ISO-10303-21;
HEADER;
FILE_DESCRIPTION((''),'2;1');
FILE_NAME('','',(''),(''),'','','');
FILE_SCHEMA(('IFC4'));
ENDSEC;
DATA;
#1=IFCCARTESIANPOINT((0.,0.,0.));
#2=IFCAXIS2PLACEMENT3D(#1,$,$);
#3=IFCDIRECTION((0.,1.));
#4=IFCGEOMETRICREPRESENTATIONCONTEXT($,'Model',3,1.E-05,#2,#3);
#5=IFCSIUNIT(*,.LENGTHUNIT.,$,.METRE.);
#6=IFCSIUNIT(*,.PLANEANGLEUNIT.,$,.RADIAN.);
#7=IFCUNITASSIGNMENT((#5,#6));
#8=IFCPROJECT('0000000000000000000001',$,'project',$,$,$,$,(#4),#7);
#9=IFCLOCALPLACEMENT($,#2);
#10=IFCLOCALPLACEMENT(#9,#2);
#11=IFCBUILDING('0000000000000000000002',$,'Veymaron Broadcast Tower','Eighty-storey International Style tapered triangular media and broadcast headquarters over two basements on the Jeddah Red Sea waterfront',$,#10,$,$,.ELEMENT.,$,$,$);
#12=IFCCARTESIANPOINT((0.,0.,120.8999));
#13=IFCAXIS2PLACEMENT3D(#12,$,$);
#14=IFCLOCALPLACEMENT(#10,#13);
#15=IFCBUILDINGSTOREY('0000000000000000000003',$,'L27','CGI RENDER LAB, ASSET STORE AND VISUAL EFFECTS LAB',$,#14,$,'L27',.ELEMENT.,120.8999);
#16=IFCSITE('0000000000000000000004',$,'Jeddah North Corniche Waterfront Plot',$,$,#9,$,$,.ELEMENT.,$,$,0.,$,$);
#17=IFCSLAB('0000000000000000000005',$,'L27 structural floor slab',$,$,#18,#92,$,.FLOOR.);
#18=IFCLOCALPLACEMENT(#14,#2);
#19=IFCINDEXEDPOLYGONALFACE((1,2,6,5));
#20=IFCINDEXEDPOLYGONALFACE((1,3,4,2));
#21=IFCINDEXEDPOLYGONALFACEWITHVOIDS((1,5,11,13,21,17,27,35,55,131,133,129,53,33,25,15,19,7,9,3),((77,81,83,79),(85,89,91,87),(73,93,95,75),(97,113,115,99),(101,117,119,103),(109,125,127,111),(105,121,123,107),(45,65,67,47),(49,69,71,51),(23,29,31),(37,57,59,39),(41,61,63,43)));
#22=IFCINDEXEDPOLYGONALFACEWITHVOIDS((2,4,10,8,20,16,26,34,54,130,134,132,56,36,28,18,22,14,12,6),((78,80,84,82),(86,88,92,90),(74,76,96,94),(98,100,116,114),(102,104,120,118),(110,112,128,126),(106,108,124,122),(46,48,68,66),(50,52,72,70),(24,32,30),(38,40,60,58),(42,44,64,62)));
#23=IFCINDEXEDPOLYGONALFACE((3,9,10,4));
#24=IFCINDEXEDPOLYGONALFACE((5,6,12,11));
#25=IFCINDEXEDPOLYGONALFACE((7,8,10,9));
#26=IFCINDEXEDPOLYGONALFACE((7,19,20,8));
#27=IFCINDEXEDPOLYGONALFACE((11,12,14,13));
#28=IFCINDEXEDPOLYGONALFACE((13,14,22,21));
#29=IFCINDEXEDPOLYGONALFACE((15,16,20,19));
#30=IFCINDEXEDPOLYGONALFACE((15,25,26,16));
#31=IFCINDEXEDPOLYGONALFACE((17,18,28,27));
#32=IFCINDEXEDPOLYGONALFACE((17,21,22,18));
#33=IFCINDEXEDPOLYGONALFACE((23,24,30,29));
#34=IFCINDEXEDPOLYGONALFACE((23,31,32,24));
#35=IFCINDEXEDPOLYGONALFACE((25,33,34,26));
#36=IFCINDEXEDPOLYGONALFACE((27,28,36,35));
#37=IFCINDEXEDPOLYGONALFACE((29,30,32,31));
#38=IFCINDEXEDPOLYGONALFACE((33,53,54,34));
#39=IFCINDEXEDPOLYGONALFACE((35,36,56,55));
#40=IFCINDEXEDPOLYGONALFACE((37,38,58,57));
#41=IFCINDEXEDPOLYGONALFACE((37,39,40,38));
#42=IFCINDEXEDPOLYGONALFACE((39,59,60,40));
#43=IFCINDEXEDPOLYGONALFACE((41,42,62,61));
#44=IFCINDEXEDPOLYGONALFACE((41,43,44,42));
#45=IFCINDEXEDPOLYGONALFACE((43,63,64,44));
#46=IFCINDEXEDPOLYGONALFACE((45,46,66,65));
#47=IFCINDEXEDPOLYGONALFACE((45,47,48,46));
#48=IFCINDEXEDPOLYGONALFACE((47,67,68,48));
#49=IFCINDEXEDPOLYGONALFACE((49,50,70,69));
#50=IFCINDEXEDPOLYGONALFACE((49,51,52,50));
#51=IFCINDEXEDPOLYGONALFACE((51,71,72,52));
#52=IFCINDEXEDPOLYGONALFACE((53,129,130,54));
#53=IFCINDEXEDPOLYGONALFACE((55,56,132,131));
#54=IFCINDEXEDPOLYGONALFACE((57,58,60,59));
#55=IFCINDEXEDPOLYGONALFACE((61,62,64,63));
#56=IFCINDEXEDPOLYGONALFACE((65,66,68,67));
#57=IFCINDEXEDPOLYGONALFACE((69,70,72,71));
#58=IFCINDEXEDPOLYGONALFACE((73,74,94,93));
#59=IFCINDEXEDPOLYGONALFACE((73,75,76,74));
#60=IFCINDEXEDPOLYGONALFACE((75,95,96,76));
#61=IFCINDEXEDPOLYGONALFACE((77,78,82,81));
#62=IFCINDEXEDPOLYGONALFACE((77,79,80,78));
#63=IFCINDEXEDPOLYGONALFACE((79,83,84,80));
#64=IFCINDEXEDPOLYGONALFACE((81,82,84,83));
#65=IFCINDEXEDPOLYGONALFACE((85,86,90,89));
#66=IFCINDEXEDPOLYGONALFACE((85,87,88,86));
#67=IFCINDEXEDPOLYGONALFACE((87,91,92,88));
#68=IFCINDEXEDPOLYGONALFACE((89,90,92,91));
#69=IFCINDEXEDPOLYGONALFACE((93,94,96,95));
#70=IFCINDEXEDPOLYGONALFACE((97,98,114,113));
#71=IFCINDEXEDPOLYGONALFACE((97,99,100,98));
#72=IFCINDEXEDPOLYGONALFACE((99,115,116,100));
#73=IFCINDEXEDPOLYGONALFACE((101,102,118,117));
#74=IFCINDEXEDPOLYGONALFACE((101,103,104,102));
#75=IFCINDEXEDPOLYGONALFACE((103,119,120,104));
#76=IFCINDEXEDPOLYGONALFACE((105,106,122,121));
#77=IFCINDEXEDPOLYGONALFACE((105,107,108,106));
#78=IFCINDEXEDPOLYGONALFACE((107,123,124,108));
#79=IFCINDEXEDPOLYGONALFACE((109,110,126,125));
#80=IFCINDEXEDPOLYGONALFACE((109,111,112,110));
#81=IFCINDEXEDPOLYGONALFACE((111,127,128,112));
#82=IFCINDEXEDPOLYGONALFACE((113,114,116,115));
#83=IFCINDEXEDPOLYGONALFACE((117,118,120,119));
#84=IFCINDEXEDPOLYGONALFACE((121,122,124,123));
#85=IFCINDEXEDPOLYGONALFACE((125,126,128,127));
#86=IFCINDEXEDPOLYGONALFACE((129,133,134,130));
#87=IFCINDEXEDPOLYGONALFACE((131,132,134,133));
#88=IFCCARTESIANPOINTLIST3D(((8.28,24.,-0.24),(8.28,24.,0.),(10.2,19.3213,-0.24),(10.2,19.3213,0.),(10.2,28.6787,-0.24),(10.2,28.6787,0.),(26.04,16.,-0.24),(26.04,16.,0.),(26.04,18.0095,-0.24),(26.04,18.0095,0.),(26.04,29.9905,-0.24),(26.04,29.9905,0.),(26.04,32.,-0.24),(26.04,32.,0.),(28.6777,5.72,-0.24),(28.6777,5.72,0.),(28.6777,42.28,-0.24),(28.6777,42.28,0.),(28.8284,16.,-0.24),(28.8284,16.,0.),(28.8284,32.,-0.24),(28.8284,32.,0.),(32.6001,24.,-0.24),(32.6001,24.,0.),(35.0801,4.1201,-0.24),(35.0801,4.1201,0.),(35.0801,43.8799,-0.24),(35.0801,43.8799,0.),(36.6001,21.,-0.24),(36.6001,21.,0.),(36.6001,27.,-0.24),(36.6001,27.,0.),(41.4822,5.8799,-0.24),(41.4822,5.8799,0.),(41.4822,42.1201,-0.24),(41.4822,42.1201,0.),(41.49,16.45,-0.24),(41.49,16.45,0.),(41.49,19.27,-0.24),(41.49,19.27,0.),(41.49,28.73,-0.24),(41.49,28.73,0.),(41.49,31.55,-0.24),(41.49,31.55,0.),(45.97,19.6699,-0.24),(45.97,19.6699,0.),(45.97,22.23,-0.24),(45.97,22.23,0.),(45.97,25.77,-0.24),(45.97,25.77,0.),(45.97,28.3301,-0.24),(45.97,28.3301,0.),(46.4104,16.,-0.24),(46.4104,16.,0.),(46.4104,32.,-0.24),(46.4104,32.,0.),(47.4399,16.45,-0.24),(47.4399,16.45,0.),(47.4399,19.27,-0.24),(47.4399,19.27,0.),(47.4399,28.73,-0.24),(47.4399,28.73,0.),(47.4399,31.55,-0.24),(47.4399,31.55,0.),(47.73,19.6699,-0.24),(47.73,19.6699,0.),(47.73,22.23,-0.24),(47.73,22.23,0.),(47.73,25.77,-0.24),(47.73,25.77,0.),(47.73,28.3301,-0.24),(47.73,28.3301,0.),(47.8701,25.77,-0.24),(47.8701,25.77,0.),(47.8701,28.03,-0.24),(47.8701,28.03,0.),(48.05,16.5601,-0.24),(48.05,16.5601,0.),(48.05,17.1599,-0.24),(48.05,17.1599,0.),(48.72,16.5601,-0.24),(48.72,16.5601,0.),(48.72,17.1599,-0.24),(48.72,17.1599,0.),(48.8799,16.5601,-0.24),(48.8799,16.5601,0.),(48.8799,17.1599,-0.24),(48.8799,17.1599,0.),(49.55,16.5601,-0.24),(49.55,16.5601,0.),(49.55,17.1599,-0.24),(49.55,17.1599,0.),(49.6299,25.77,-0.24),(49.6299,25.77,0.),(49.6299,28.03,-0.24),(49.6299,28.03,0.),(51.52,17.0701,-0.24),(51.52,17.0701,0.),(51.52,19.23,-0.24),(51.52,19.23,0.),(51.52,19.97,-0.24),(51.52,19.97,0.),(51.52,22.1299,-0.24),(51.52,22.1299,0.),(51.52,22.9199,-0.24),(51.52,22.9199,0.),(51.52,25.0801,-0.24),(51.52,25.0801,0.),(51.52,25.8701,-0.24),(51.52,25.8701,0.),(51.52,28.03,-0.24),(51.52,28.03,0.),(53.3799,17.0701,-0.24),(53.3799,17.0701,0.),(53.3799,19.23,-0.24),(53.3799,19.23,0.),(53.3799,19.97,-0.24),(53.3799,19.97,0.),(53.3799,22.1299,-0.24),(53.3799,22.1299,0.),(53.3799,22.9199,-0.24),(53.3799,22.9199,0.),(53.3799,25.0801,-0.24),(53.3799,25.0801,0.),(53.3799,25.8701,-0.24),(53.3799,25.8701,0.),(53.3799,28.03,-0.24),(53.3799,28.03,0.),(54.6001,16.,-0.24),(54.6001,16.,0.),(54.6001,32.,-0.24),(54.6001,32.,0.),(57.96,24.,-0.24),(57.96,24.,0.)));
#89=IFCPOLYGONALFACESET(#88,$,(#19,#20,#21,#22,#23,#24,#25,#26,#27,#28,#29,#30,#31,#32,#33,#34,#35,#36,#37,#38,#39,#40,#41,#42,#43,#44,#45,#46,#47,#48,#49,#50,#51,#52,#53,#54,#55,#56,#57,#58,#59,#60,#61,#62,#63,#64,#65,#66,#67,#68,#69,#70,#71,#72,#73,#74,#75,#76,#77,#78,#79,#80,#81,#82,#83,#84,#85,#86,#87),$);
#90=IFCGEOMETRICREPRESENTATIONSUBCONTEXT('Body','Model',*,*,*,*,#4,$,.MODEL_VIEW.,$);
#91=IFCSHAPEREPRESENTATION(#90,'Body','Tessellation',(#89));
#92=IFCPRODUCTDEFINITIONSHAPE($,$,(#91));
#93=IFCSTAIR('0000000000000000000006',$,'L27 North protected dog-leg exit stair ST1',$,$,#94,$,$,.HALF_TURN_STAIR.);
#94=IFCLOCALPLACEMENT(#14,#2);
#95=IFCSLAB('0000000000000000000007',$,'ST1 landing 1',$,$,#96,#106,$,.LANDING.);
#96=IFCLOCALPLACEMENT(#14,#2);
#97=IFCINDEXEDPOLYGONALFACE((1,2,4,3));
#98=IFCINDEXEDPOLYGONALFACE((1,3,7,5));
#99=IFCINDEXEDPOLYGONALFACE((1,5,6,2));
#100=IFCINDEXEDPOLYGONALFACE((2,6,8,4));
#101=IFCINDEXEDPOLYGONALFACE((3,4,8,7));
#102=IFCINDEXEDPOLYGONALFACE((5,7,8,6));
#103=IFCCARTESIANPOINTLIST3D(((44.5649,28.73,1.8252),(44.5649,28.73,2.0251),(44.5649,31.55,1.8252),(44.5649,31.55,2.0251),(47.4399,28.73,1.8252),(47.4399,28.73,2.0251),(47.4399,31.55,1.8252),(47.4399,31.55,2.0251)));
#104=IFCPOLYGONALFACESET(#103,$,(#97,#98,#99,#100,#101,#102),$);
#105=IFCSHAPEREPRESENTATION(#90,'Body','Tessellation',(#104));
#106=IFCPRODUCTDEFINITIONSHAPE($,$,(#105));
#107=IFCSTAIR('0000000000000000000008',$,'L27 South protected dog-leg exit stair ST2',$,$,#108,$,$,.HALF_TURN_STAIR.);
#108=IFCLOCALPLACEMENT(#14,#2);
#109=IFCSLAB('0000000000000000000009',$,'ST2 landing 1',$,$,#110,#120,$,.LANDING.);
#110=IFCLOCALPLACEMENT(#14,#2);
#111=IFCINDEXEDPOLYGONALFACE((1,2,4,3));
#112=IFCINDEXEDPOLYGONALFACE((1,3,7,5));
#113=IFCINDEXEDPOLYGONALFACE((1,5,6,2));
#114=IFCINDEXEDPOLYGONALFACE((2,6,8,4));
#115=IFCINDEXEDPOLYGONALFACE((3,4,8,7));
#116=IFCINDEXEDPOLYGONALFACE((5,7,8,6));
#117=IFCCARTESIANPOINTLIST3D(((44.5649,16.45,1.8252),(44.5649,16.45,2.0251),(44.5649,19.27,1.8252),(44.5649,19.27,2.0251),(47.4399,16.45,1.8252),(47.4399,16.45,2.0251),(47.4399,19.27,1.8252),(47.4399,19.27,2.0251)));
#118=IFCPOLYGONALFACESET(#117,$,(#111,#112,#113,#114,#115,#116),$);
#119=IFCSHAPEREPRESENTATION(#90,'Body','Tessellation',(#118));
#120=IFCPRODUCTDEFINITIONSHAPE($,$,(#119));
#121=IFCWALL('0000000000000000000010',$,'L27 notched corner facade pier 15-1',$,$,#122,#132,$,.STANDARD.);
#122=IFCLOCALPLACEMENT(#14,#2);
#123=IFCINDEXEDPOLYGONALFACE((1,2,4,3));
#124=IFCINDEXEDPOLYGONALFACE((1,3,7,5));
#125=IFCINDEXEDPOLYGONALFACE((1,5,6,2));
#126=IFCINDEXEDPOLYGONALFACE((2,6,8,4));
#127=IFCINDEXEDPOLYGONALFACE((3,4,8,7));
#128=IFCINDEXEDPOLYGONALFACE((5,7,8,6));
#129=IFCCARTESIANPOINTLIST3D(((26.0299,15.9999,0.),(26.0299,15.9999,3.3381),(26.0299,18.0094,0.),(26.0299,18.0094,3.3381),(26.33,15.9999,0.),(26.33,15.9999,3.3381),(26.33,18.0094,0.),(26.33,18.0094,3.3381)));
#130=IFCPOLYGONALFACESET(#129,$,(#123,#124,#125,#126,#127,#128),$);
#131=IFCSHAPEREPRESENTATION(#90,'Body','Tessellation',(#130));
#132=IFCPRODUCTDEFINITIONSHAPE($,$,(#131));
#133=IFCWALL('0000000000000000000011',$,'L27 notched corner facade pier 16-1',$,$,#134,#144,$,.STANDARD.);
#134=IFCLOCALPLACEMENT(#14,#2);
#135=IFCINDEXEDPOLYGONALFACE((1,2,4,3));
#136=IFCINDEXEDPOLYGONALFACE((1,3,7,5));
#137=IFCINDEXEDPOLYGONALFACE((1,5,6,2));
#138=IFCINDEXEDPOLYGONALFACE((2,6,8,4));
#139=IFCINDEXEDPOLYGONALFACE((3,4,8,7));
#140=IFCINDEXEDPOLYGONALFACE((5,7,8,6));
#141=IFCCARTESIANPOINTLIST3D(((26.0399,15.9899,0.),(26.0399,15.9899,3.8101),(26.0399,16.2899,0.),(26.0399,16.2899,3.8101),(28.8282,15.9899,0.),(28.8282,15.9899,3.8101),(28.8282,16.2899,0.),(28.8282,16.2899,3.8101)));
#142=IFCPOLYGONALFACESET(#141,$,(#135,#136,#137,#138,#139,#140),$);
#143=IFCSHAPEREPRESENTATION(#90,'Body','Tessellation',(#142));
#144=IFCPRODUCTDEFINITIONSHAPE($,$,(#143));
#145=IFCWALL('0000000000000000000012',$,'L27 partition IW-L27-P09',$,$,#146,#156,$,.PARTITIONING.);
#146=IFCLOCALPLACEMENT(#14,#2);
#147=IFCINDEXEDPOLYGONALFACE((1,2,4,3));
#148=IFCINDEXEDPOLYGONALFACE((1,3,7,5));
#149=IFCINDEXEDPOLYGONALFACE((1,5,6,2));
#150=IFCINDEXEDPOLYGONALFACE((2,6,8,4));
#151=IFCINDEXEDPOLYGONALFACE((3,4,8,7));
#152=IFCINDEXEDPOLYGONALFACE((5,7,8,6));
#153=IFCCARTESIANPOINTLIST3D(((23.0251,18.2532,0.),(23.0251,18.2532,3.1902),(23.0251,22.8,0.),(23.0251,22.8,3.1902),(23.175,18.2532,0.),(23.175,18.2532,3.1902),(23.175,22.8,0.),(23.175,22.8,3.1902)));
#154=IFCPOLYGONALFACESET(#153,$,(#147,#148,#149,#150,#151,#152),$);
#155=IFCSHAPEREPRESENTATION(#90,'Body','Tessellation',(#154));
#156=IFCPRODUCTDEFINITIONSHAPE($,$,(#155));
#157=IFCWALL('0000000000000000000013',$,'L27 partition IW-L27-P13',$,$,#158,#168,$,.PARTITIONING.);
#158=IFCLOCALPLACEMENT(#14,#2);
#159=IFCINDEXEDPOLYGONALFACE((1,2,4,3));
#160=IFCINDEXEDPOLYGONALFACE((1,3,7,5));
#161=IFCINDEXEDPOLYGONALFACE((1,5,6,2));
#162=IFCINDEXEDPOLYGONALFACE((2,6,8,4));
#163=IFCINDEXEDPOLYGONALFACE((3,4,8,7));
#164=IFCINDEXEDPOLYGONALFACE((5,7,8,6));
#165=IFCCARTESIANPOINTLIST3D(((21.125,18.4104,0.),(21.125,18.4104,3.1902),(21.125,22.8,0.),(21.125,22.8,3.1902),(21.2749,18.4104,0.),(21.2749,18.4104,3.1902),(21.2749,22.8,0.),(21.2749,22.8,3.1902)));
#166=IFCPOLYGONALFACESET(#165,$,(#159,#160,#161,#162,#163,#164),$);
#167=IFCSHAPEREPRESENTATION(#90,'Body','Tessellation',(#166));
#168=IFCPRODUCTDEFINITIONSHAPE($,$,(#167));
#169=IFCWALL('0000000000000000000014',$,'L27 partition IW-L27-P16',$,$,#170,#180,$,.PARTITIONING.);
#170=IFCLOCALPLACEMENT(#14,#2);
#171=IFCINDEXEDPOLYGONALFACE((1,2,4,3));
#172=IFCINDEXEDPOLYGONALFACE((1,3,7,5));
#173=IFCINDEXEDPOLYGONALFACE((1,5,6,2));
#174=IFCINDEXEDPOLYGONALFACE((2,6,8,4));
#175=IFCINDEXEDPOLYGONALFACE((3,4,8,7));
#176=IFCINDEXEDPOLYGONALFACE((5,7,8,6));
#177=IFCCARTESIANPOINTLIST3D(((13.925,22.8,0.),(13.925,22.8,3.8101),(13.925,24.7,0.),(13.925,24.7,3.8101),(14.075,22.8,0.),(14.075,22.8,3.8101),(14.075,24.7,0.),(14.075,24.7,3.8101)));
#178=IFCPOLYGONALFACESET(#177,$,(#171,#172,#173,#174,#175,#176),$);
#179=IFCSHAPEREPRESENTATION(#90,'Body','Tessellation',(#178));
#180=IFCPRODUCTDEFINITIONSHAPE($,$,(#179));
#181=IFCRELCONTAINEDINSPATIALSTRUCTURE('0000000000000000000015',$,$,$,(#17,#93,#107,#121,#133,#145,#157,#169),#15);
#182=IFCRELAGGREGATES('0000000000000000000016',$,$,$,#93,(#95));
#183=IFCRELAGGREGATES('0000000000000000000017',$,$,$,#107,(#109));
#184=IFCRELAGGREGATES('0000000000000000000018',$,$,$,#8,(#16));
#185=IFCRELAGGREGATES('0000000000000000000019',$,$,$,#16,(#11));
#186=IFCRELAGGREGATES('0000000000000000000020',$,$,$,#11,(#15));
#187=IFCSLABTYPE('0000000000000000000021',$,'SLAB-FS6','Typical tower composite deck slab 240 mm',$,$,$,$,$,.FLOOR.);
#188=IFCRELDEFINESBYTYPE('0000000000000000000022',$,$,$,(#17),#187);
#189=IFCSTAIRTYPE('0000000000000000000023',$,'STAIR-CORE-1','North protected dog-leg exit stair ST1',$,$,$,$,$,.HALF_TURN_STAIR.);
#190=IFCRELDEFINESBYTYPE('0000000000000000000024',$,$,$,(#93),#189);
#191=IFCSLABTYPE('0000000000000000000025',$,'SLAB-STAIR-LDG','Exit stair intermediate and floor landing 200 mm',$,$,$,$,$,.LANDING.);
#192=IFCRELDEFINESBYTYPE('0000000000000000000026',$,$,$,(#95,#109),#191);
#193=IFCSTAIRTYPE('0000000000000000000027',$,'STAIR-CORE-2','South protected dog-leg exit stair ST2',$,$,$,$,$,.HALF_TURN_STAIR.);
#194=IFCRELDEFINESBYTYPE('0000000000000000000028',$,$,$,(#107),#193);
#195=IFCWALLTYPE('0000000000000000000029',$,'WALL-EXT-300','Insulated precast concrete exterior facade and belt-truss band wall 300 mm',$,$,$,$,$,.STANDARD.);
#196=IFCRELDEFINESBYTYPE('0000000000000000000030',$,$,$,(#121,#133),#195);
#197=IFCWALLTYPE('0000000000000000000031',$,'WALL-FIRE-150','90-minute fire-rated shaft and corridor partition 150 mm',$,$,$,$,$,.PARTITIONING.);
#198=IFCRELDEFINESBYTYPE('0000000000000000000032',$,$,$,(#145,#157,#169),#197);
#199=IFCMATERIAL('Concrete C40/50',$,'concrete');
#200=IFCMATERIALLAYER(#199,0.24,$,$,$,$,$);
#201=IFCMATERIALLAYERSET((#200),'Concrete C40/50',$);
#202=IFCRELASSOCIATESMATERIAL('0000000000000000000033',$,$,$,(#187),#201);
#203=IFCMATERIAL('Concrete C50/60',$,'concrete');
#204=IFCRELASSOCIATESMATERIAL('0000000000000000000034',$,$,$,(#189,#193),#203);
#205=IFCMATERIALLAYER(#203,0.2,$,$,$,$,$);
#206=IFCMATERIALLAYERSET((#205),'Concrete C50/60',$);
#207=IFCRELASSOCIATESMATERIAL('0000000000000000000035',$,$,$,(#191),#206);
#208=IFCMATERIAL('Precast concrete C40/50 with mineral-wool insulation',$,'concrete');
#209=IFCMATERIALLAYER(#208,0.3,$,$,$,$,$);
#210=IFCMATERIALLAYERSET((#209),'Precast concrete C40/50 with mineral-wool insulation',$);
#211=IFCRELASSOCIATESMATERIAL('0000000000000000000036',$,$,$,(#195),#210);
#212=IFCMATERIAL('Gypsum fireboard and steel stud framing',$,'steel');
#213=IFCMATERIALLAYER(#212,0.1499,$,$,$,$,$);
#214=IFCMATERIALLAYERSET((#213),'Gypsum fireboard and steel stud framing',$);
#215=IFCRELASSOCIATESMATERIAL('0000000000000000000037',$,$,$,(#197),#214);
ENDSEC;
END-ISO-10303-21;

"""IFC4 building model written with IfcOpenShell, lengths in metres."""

from ifc_helpers import new_model, si_unit, direction, frame, frame_2d, origin, place, context, subcontext, project, spatial, polyline, rectangle, outline, extrude, material, layer, layer_set, type_object, element, aggregate, save


model = new_model("IFC4")

# Units and contexts
model_context = context("Model", 3, precision=1e-05, world=origin(), true_north=direction((0.0, 1.0)))
body_context = subcontext(model_context, "Body", "Model", "MODEL_VIEW")
ifc_project = project(units=[si_unit("LENGTHUNIT", "METRE"), si_unit("PLANEANGLEUNIT", "RADIAN")], contexts=[model_context])

# Site, building, storey
site_placement = place(None, origin())
site = spatial("IfcSite", under=ifc_project, at=site_placement, Name="Jeddah North Corniche Waterfront Plot", CompositionType="ELEMENT", RefElevation=0.0)
building_placement = place(site_placement, origin())
building = spatial("IfcBuilding", under=site, at=building_placement, Name="Veymaron Broadcast Tower", Description="Eighty-storey International Style tapered triangular media and broadcast headquarters over two basements on the Jeddah Red Sea waterfront", CompositionType="ELEMENT")
storey_placement = place(building_placement, frame((0.0, 0.0, 120.8999)))
storey = spatial("IfcBuildingStorey", under=building, at=storey_placement, Name="L27", Description="CGI RENDER LAB, ASSET STORE AND VISUAL EFFECTS LAB", LongName="L27", CompositionType="ELEMENT", Elevation=120.8999)

# Slab
ifc_material_1 = material(Name="Concrete C40/50", Category="concrete")
ifc_layer_1 = layer(ifc_material_1, 0.24)
ifc_layer_set_1 = layer_set([ifc_layer_1], Name="Concrete C40/50")
slab_type_1 = type_object("IfcSlabType", Name="SLAB-FS6", Description="Typical tower composite deck slab 240 mm", PredefinedType="FLOOR", material=ifc_layer_set_1)
slab_1_placement = place(storey_placement, frame((0.0, 0.0, -0.24)))
element("IfcSlab", 1, at=slab_1_placement, inside=storey, type_object=slab_type_1, Name="L27 structural floor slab", PredefinedType="FLOOR", context=body_context, shape_type="SweptSolid", body=[
    extrude(outline(polyline([(46.4104, 16.0), (54.6001, 16.0), (57.96, 24.0), (54.6001, 32.0), (46.4104, 32.0), (41.4822, 42.1201), (35.0801, 43.8799), (28.6777, 42.28), (28.8284, 32.0), (26.04, 32.0), (26.04, 29.9905), (10.2, 28.6787), (8.28, 24.0), (10.2, 19.3213), (26.04, 18.0095), (26.04, 16.0), (28.8284, 16.0), (28.6777, 5.72), (35.0801, 4.1201), (41.4822, 5.8799), (46.4104, 16.0)]), holes=[polyline([(45.97, 28.3301), (47.73, 28.3301), (47.73, 25.77), (45.97, 25.77), (45.97, 28.3301)]), polyline([(45.97, 22.23), (47.73, 22.23), (47.73, 19.6699), (45.97, 19.6699), (45.97, 22.23)]), polyline([(47.8701, 28.03), (49.6299, 28.03), (49.6299, 25.77), (47.8701, 25.77), (47.8701, 28.03)]), polyline([(51.52, 28.03), (53.3799, 28.03), (53.3799, 25.8701), (51.52, 25.8701), (51.52, 28.03)]), polyline([(51.52, 22.1299), (53.3799, 22.1299), (53.3799, 19.97), (51.52, 19.97), (51.52, 22.1299)]), polyline([(51.52, 25.0801), (53.3799, 25.0801), (53.3799, 22.9199), (51.52, 22.9199), (51.52, 25.0801)]), polyline([(51.52, 19.23), (53.3799, 19.23), (53.3799, 17.0701), (51.52, 17.0701), (51.52, 19.23)]), polyline([(48.05, 17.1599), (48.72, 17.1599), (48.72, 16.5601), (48.05, 16.5601), (48.05, 17.1599)]), polyline([(48.8799, 17.1599), (49.55, 17.1599), (49.55, 16.5601), (48.8799, 16.5601), (48.8799, 17.1599)]), polyline([(36.6001, 27.0), (36.6001, 21.0), (32.6001, 24.0), (36.6001, 27.0)]), polyline([(41.49, 31.55), (47.4399, 31.55), (47.4399, 28.73), (41.49, 28.73), (41.49, 31.55)]), polyline([(41.49, 19.27), (47.4399, 19.27), (47.4399, 16.45), (41.49, 16.45), (41.49, 19.27)])]), origin(), (0.0, 0.0, 1.0), 0.24),
])

# Stairs, slabs
ifc_material_2 = material(Name="Concrete C50/60", Category="concrete")
stair_type_1 = type_object("IfcStairType", Name="STAIR-CORE-1", Description="North protected dog-leg exit stair ST1", PredefinedType="HALF_TURN_STAIR", material=ifc_material_2)
stair_1_placement = place(storey_placement, origin())
stair_1 = element("IfcStair", 2, at=stair_1_placement, inside=storey, type_object=stair_type_1, Name="L27 North protected dog-leg exit stair ST1", PredefinedType="HALF_TURN_STAIR")
ifc_layer_2 = layer(ifc_material_2, 0.2)
ifc_layer_set_2 = layer_set([ifc_layer_2], Name="Concrete C50/60")
slab_type_2 = type_object("IfcSlabType", Name="SLAB-STAIR-LDG", Description="Exit stair intermediate and floor landing 200 mm", PredefinedType="LANDING", material=ifc_layer_set_2)
slab_2_placement = place(storey_placement, frame((0.0, 0.0, 1.8252)))
slab_2 = element("IfcSlab", 3, at=slab_2_placement, type_object=slab_type_2, Name="ST1 landing 1", PredefinedType="LANDING", context=body_context, shape_type="SweptSolid", body=[
    extrude(outline(polyline([(44.5649, 28.73), (47.4399, 28.73), (47.4399, 31.55), (44.5649, 31.55), (44.5649, 28.73)])), origin(), (0.0, 0.0, 1.0), 0.2),
])
aggregate(stair_1, [slab_2])
stair_type_2 = type_object("IfcStairType", Name="STAIR-CORE-2", Description="South protected dog-leg exit stair ST2", PredefinedType="HALF_TURN_STAIR", material=ifc_material_2)
stair_2_placement = place(storey_placement, origin())
stair_2 = element("IfcStair", 4, at=stair_2_placement, inside=storey, type_object=stair_type_2, Name="L27 South protected dog-leg exit stair ST2", PredefinedType="HALF_TURN_STAIR")
slab_3_placement = place(storey_placement, frame((0.0, 0.0, 1.8252)))
slab_3 = element("IfcSlab", 5, at=slab_3_placement, type_object=slab_type_2, Name="ST2 landing 1", PredefinedType="LANDING", context=body_context, shape_type="SweptSolid", body=[
    extrude(outline(polyline([(44.5649, 16.45), (47.4399, 16.45), (47.4399, 19.27), (44.5649, 19.27), (44.5649, 16.45)])), origin(), (0.0, 0.0, 1.0), 0.2),
])
aggregate(stair_2, [slab_3])

# Walls
ifc_material_3 = material(Name="Precast concrete C40/50 with mineral-wool insulation", Category="concrete")
ifc_layer_3 = layer(ifc_material_3, 0.3)
ifc_layer_set_3 = layer_set([ifc_layer_3], Name="Precast concrete C40/50 with mineral-wool insulation")
wall_type_1 = type_object("IfcWallType", Name="WALL-EXT-300", Description="Insulated precast concrete exterior facade and belt-truss band wall 300 mm", PredefinedType="STANDARD", material=ifc_layer_set_3)
wall_1_placement = place(storey_placement, frame((26.1799, 18.0095, 0.0), z_axis=(0.0, 0.0, 1.0), x_axis=(0.0, -1.0, 0.0)))
element("IfcWall", 6, at=wall_1_placement, inside=storey, type_object=wall_type_1, Name="L27 notched corner facade pier 15-1", PredefinedType="STANDARD", context=body_context, shape_type="SweptSolid", body=[
    extrude(rectangle(XDim=2.0095, YDim=0.3, at=frame_2d((1.0049, 0.0))), origin(), (0.0, 0.0, 1.0), 3.3381),
])
wall_2_placement = place(storey_placement, frame((26.04, 16.1399, 0.0), z_axis=(0.0, 0.0, 1.0), x_axis=(1.0, 0.0, 0.0)))
element("IfcWall", 7, at=wall_2_placement, inside=storey, type_object=wall_type_1, Name="L27 notched corner facade pier 16-1", PredefinedType="STANDARD", context=body_context, shape_type="SweptSolid", body=[
    extrude(rectangle(XDim=2.7883, YDim=0.3, at=frame_2d((1.394, 0.0))), origin(), (0.0, 0.0, 1.0), 3.8101),
])

# Shared definitions
ifc_material_4 = material(Name="Gypsum fireboard and steel stud framing", Category="steel")
ifc_layer_4 = layer(ifc_material_4, 0.1499)
ifc_layer_set_4 = layer_set([ifc_layer_4], Name="Gypsum fireboard and steel stud framing")
wall_type_2 = type_object("IfcWallType", Name="WALL-FIRE-150", Description="90-minute fire-rated shaft and corridor partition 150 mm", PredefinedType="PARTITIONING", material=ifc_layer_set_4)

# Walls
wall_3_placement = place(storey_placement, frame((23.1001, 18.2532, 0.0), z_axis=(0.0, 0.0, 1.0), x_axis=(0.0, 1.0, 0.0)))
element("IfcWall", 8, at=wall_3_placement, inside=storey, type_object=wall_type_2, Name="L27 partition IW-L27-P09", PredefinedType="PARTITIONING", context=body_context, shape_type="SweptSolid", body=[
    extrude(rectangle(XDim=4.5469, YDim=0.1499, at=frame_2d((2.2734, 0.0))), origin(), (0.0, 0.0, 1.0), 3.1902),
])
wall_4_placement = place(storey_placement, frame((21.2, 18.4104, 0.0), z_axis=(0.0, 0.0, 1.0), x_axis=(0.0, 1.0, 0.0)))
element("IfcWall", 9, at=wall_4_placement, inside=storey, type_object=wall_type_2, Name="L27 partition IW-L27-P13", PredefinedType="PARTITIONING", context=body_context, shape_type="SweptSolid", body=[
    extrude(rectangle(XDim=4.3896, YDim=0.1499, at=frame_2d((2.1948, 0.0))), origin(), (0.0, 0.0, 1.0), 3.1902),
])
wall_5_placement = place(storey_placement, frame((14.0, 22.8, 0.0), z_axis=(0.0, 0.0, 1.0), x_axis=(0.0, 1.0, 0.0)))
element("IfcWall", 10, at=wall_5_placement, inside=storey, type_object=wall_type_2, Name="L27 partition IW-L27-P16", PredefinedType="PARTITIONING", context=body_context, shape_type="SweptSolid", body=[
    extrude(rectangle(XDim=1.8999, YDim=0.1499, at=frame_2d((0.95, 0.0))), origin(), (0.0, 0.0, 1.0), 3.8101),
])

save(model, "model.ifc")
